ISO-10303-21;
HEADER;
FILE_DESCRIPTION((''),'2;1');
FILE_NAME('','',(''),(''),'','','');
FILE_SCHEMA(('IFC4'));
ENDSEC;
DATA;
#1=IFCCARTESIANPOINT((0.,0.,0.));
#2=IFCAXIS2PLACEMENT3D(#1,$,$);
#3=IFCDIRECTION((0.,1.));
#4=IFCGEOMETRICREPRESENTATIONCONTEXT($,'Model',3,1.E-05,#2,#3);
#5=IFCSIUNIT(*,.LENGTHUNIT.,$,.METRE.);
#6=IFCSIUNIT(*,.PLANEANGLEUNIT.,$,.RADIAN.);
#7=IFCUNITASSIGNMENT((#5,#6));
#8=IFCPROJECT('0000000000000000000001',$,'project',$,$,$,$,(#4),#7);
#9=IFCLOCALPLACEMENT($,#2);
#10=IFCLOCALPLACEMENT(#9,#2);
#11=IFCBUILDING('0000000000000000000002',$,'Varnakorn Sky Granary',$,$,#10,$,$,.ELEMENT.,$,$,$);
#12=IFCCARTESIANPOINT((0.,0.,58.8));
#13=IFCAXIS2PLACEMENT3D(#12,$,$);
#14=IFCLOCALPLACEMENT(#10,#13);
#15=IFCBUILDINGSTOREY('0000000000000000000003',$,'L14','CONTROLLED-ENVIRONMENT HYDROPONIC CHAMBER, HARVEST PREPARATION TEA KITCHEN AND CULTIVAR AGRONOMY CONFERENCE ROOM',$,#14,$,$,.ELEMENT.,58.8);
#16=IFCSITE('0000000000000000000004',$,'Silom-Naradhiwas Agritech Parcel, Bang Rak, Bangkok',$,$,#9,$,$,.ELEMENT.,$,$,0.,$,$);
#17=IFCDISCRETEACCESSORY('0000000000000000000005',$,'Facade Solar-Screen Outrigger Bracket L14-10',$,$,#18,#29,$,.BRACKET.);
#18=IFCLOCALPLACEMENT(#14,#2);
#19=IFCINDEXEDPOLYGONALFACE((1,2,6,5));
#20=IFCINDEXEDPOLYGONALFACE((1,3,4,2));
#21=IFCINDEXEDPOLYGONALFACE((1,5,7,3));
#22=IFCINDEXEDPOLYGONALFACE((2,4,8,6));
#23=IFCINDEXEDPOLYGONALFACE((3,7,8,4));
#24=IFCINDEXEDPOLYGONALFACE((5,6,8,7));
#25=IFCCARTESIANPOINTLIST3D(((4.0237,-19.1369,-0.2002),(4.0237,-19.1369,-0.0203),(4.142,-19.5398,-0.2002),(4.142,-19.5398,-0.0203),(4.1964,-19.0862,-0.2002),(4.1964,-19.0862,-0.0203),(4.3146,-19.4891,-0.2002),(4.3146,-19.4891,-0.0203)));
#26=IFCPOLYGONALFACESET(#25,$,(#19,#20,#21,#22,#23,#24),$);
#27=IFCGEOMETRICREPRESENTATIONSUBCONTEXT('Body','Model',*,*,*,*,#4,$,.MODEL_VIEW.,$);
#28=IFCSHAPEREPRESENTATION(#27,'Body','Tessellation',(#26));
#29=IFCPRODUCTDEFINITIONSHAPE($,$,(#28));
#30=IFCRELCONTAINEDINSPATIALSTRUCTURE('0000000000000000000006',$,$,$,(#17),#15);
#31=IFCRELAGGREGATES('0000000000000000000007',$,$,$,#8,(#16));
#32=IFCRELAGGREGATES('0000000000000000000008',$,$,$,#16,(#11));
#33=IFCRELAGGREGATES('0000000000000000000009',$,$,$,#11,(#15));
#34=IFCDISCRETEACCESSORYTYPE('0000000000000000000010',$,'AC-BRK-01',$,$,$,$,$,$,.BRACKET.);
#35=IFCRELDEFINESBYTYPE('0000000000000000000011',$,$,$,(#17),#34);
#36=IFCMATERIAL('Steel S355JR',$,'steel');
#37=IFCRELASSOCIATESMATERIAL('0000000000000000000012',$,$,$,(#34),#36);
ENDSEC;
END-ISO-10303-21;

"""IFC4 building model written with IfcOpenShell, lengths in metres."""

from ifc_helpers import new_model, si_unit, direction, frame, origin, origin_2d, place, context, subcontext, project, spatial, rectangle, extrude, source, transform, mapped, material, type_object, type_shapes, element, save


model = new_model("IFC4")

# Units and contexts
model_context = context("Model", 3, precision=1e-05, world=origin(), true_north=direction((0.0, 1.0)))
body_context = subcontext(model_context, "Body", "Model", "MODEL_VIEW")
ifc_project = project(units=[si_unit("LENGTHUNIT", "METRE"), si_unit("PLANEANGLEUNIT", "RADIAN")], contexts=[model_context])

# Site, building, storey
site_placement = place(None, origin())
site = spatial("IfcSite", under=ifc_project, at=site_placement, Name="Silom-Naradhiwas Agritech Parcel, Bang Rak, Bangkok", CompositionType="ELEMENT", RefElevation=0.0)
building_placement = place(site_placement, origin())
building = spatial("IfcBuilding", under=site, at=building_placement, Name="Varnakorn Sky Granary", CompositionType="ELEMENT")
storey_placement = place(building_placement, frame((0.0, 0.0, 58.8)))
storey = spatial("IfcBuildingStorey", under=building, at=storey_placement, Name="L14", Description="CONTROLLED-ENVIRONMENT HYDROPONIC CHAMBER, HARVEST PREPARATION TEA KITCHEN AND CULTIVAR AGRONOMY CONFERENCE ROOM", CompositionType="ELEMENT", Elevation=58.8)

# Discrete accessory
ifc_material_1 = material(Name="Steel S355JR", Category="steel")
discrete_accessory_type = type_object("IfcDiscreteAccessoryType", Name="AC-BRK-01", PredefinedType="BRACKET", material=ifc_material_1)
shared_shape_1 = source(origin(), body_context, "Body", "SweptSolid", [
    extrude(rectangle(XDim=0.1799, YDim=0.4199, at=origin_2d()), origin(), (0.0, 0.0, 1.0), 0.1799),
])
type_shapes(discrete_accessory_type, [shared_shape_1])
discrete_accessory_placement = place(storey_placement, frame((4.1692, -19.313, -0.2002), z_axis=(0.0, 0.0, 1.0), x_axis=(0.959516, 0.281655, 0.0)))
element("IfcDiscreteAccessory", 1, at=discrete_accessory_placement, inside=storey, type_object=discrete_accessory_type, Name="Facade Solar-Screen Outrigger Bracket L14-10", PredefinedType="BRACKET", context=body_context, shape_type="MappedRepresentation", body=[
    mapped(shared_shape_1, transform((0.0, 0.0, 0.0), x_axis=(1.0, 0.0, 0.0), y_axis=(0.0, 1.0, 0.0), z_axis=(0.0, 0.0, 1.0), scale=1.0)),
])

save(model, "model.ifc")
